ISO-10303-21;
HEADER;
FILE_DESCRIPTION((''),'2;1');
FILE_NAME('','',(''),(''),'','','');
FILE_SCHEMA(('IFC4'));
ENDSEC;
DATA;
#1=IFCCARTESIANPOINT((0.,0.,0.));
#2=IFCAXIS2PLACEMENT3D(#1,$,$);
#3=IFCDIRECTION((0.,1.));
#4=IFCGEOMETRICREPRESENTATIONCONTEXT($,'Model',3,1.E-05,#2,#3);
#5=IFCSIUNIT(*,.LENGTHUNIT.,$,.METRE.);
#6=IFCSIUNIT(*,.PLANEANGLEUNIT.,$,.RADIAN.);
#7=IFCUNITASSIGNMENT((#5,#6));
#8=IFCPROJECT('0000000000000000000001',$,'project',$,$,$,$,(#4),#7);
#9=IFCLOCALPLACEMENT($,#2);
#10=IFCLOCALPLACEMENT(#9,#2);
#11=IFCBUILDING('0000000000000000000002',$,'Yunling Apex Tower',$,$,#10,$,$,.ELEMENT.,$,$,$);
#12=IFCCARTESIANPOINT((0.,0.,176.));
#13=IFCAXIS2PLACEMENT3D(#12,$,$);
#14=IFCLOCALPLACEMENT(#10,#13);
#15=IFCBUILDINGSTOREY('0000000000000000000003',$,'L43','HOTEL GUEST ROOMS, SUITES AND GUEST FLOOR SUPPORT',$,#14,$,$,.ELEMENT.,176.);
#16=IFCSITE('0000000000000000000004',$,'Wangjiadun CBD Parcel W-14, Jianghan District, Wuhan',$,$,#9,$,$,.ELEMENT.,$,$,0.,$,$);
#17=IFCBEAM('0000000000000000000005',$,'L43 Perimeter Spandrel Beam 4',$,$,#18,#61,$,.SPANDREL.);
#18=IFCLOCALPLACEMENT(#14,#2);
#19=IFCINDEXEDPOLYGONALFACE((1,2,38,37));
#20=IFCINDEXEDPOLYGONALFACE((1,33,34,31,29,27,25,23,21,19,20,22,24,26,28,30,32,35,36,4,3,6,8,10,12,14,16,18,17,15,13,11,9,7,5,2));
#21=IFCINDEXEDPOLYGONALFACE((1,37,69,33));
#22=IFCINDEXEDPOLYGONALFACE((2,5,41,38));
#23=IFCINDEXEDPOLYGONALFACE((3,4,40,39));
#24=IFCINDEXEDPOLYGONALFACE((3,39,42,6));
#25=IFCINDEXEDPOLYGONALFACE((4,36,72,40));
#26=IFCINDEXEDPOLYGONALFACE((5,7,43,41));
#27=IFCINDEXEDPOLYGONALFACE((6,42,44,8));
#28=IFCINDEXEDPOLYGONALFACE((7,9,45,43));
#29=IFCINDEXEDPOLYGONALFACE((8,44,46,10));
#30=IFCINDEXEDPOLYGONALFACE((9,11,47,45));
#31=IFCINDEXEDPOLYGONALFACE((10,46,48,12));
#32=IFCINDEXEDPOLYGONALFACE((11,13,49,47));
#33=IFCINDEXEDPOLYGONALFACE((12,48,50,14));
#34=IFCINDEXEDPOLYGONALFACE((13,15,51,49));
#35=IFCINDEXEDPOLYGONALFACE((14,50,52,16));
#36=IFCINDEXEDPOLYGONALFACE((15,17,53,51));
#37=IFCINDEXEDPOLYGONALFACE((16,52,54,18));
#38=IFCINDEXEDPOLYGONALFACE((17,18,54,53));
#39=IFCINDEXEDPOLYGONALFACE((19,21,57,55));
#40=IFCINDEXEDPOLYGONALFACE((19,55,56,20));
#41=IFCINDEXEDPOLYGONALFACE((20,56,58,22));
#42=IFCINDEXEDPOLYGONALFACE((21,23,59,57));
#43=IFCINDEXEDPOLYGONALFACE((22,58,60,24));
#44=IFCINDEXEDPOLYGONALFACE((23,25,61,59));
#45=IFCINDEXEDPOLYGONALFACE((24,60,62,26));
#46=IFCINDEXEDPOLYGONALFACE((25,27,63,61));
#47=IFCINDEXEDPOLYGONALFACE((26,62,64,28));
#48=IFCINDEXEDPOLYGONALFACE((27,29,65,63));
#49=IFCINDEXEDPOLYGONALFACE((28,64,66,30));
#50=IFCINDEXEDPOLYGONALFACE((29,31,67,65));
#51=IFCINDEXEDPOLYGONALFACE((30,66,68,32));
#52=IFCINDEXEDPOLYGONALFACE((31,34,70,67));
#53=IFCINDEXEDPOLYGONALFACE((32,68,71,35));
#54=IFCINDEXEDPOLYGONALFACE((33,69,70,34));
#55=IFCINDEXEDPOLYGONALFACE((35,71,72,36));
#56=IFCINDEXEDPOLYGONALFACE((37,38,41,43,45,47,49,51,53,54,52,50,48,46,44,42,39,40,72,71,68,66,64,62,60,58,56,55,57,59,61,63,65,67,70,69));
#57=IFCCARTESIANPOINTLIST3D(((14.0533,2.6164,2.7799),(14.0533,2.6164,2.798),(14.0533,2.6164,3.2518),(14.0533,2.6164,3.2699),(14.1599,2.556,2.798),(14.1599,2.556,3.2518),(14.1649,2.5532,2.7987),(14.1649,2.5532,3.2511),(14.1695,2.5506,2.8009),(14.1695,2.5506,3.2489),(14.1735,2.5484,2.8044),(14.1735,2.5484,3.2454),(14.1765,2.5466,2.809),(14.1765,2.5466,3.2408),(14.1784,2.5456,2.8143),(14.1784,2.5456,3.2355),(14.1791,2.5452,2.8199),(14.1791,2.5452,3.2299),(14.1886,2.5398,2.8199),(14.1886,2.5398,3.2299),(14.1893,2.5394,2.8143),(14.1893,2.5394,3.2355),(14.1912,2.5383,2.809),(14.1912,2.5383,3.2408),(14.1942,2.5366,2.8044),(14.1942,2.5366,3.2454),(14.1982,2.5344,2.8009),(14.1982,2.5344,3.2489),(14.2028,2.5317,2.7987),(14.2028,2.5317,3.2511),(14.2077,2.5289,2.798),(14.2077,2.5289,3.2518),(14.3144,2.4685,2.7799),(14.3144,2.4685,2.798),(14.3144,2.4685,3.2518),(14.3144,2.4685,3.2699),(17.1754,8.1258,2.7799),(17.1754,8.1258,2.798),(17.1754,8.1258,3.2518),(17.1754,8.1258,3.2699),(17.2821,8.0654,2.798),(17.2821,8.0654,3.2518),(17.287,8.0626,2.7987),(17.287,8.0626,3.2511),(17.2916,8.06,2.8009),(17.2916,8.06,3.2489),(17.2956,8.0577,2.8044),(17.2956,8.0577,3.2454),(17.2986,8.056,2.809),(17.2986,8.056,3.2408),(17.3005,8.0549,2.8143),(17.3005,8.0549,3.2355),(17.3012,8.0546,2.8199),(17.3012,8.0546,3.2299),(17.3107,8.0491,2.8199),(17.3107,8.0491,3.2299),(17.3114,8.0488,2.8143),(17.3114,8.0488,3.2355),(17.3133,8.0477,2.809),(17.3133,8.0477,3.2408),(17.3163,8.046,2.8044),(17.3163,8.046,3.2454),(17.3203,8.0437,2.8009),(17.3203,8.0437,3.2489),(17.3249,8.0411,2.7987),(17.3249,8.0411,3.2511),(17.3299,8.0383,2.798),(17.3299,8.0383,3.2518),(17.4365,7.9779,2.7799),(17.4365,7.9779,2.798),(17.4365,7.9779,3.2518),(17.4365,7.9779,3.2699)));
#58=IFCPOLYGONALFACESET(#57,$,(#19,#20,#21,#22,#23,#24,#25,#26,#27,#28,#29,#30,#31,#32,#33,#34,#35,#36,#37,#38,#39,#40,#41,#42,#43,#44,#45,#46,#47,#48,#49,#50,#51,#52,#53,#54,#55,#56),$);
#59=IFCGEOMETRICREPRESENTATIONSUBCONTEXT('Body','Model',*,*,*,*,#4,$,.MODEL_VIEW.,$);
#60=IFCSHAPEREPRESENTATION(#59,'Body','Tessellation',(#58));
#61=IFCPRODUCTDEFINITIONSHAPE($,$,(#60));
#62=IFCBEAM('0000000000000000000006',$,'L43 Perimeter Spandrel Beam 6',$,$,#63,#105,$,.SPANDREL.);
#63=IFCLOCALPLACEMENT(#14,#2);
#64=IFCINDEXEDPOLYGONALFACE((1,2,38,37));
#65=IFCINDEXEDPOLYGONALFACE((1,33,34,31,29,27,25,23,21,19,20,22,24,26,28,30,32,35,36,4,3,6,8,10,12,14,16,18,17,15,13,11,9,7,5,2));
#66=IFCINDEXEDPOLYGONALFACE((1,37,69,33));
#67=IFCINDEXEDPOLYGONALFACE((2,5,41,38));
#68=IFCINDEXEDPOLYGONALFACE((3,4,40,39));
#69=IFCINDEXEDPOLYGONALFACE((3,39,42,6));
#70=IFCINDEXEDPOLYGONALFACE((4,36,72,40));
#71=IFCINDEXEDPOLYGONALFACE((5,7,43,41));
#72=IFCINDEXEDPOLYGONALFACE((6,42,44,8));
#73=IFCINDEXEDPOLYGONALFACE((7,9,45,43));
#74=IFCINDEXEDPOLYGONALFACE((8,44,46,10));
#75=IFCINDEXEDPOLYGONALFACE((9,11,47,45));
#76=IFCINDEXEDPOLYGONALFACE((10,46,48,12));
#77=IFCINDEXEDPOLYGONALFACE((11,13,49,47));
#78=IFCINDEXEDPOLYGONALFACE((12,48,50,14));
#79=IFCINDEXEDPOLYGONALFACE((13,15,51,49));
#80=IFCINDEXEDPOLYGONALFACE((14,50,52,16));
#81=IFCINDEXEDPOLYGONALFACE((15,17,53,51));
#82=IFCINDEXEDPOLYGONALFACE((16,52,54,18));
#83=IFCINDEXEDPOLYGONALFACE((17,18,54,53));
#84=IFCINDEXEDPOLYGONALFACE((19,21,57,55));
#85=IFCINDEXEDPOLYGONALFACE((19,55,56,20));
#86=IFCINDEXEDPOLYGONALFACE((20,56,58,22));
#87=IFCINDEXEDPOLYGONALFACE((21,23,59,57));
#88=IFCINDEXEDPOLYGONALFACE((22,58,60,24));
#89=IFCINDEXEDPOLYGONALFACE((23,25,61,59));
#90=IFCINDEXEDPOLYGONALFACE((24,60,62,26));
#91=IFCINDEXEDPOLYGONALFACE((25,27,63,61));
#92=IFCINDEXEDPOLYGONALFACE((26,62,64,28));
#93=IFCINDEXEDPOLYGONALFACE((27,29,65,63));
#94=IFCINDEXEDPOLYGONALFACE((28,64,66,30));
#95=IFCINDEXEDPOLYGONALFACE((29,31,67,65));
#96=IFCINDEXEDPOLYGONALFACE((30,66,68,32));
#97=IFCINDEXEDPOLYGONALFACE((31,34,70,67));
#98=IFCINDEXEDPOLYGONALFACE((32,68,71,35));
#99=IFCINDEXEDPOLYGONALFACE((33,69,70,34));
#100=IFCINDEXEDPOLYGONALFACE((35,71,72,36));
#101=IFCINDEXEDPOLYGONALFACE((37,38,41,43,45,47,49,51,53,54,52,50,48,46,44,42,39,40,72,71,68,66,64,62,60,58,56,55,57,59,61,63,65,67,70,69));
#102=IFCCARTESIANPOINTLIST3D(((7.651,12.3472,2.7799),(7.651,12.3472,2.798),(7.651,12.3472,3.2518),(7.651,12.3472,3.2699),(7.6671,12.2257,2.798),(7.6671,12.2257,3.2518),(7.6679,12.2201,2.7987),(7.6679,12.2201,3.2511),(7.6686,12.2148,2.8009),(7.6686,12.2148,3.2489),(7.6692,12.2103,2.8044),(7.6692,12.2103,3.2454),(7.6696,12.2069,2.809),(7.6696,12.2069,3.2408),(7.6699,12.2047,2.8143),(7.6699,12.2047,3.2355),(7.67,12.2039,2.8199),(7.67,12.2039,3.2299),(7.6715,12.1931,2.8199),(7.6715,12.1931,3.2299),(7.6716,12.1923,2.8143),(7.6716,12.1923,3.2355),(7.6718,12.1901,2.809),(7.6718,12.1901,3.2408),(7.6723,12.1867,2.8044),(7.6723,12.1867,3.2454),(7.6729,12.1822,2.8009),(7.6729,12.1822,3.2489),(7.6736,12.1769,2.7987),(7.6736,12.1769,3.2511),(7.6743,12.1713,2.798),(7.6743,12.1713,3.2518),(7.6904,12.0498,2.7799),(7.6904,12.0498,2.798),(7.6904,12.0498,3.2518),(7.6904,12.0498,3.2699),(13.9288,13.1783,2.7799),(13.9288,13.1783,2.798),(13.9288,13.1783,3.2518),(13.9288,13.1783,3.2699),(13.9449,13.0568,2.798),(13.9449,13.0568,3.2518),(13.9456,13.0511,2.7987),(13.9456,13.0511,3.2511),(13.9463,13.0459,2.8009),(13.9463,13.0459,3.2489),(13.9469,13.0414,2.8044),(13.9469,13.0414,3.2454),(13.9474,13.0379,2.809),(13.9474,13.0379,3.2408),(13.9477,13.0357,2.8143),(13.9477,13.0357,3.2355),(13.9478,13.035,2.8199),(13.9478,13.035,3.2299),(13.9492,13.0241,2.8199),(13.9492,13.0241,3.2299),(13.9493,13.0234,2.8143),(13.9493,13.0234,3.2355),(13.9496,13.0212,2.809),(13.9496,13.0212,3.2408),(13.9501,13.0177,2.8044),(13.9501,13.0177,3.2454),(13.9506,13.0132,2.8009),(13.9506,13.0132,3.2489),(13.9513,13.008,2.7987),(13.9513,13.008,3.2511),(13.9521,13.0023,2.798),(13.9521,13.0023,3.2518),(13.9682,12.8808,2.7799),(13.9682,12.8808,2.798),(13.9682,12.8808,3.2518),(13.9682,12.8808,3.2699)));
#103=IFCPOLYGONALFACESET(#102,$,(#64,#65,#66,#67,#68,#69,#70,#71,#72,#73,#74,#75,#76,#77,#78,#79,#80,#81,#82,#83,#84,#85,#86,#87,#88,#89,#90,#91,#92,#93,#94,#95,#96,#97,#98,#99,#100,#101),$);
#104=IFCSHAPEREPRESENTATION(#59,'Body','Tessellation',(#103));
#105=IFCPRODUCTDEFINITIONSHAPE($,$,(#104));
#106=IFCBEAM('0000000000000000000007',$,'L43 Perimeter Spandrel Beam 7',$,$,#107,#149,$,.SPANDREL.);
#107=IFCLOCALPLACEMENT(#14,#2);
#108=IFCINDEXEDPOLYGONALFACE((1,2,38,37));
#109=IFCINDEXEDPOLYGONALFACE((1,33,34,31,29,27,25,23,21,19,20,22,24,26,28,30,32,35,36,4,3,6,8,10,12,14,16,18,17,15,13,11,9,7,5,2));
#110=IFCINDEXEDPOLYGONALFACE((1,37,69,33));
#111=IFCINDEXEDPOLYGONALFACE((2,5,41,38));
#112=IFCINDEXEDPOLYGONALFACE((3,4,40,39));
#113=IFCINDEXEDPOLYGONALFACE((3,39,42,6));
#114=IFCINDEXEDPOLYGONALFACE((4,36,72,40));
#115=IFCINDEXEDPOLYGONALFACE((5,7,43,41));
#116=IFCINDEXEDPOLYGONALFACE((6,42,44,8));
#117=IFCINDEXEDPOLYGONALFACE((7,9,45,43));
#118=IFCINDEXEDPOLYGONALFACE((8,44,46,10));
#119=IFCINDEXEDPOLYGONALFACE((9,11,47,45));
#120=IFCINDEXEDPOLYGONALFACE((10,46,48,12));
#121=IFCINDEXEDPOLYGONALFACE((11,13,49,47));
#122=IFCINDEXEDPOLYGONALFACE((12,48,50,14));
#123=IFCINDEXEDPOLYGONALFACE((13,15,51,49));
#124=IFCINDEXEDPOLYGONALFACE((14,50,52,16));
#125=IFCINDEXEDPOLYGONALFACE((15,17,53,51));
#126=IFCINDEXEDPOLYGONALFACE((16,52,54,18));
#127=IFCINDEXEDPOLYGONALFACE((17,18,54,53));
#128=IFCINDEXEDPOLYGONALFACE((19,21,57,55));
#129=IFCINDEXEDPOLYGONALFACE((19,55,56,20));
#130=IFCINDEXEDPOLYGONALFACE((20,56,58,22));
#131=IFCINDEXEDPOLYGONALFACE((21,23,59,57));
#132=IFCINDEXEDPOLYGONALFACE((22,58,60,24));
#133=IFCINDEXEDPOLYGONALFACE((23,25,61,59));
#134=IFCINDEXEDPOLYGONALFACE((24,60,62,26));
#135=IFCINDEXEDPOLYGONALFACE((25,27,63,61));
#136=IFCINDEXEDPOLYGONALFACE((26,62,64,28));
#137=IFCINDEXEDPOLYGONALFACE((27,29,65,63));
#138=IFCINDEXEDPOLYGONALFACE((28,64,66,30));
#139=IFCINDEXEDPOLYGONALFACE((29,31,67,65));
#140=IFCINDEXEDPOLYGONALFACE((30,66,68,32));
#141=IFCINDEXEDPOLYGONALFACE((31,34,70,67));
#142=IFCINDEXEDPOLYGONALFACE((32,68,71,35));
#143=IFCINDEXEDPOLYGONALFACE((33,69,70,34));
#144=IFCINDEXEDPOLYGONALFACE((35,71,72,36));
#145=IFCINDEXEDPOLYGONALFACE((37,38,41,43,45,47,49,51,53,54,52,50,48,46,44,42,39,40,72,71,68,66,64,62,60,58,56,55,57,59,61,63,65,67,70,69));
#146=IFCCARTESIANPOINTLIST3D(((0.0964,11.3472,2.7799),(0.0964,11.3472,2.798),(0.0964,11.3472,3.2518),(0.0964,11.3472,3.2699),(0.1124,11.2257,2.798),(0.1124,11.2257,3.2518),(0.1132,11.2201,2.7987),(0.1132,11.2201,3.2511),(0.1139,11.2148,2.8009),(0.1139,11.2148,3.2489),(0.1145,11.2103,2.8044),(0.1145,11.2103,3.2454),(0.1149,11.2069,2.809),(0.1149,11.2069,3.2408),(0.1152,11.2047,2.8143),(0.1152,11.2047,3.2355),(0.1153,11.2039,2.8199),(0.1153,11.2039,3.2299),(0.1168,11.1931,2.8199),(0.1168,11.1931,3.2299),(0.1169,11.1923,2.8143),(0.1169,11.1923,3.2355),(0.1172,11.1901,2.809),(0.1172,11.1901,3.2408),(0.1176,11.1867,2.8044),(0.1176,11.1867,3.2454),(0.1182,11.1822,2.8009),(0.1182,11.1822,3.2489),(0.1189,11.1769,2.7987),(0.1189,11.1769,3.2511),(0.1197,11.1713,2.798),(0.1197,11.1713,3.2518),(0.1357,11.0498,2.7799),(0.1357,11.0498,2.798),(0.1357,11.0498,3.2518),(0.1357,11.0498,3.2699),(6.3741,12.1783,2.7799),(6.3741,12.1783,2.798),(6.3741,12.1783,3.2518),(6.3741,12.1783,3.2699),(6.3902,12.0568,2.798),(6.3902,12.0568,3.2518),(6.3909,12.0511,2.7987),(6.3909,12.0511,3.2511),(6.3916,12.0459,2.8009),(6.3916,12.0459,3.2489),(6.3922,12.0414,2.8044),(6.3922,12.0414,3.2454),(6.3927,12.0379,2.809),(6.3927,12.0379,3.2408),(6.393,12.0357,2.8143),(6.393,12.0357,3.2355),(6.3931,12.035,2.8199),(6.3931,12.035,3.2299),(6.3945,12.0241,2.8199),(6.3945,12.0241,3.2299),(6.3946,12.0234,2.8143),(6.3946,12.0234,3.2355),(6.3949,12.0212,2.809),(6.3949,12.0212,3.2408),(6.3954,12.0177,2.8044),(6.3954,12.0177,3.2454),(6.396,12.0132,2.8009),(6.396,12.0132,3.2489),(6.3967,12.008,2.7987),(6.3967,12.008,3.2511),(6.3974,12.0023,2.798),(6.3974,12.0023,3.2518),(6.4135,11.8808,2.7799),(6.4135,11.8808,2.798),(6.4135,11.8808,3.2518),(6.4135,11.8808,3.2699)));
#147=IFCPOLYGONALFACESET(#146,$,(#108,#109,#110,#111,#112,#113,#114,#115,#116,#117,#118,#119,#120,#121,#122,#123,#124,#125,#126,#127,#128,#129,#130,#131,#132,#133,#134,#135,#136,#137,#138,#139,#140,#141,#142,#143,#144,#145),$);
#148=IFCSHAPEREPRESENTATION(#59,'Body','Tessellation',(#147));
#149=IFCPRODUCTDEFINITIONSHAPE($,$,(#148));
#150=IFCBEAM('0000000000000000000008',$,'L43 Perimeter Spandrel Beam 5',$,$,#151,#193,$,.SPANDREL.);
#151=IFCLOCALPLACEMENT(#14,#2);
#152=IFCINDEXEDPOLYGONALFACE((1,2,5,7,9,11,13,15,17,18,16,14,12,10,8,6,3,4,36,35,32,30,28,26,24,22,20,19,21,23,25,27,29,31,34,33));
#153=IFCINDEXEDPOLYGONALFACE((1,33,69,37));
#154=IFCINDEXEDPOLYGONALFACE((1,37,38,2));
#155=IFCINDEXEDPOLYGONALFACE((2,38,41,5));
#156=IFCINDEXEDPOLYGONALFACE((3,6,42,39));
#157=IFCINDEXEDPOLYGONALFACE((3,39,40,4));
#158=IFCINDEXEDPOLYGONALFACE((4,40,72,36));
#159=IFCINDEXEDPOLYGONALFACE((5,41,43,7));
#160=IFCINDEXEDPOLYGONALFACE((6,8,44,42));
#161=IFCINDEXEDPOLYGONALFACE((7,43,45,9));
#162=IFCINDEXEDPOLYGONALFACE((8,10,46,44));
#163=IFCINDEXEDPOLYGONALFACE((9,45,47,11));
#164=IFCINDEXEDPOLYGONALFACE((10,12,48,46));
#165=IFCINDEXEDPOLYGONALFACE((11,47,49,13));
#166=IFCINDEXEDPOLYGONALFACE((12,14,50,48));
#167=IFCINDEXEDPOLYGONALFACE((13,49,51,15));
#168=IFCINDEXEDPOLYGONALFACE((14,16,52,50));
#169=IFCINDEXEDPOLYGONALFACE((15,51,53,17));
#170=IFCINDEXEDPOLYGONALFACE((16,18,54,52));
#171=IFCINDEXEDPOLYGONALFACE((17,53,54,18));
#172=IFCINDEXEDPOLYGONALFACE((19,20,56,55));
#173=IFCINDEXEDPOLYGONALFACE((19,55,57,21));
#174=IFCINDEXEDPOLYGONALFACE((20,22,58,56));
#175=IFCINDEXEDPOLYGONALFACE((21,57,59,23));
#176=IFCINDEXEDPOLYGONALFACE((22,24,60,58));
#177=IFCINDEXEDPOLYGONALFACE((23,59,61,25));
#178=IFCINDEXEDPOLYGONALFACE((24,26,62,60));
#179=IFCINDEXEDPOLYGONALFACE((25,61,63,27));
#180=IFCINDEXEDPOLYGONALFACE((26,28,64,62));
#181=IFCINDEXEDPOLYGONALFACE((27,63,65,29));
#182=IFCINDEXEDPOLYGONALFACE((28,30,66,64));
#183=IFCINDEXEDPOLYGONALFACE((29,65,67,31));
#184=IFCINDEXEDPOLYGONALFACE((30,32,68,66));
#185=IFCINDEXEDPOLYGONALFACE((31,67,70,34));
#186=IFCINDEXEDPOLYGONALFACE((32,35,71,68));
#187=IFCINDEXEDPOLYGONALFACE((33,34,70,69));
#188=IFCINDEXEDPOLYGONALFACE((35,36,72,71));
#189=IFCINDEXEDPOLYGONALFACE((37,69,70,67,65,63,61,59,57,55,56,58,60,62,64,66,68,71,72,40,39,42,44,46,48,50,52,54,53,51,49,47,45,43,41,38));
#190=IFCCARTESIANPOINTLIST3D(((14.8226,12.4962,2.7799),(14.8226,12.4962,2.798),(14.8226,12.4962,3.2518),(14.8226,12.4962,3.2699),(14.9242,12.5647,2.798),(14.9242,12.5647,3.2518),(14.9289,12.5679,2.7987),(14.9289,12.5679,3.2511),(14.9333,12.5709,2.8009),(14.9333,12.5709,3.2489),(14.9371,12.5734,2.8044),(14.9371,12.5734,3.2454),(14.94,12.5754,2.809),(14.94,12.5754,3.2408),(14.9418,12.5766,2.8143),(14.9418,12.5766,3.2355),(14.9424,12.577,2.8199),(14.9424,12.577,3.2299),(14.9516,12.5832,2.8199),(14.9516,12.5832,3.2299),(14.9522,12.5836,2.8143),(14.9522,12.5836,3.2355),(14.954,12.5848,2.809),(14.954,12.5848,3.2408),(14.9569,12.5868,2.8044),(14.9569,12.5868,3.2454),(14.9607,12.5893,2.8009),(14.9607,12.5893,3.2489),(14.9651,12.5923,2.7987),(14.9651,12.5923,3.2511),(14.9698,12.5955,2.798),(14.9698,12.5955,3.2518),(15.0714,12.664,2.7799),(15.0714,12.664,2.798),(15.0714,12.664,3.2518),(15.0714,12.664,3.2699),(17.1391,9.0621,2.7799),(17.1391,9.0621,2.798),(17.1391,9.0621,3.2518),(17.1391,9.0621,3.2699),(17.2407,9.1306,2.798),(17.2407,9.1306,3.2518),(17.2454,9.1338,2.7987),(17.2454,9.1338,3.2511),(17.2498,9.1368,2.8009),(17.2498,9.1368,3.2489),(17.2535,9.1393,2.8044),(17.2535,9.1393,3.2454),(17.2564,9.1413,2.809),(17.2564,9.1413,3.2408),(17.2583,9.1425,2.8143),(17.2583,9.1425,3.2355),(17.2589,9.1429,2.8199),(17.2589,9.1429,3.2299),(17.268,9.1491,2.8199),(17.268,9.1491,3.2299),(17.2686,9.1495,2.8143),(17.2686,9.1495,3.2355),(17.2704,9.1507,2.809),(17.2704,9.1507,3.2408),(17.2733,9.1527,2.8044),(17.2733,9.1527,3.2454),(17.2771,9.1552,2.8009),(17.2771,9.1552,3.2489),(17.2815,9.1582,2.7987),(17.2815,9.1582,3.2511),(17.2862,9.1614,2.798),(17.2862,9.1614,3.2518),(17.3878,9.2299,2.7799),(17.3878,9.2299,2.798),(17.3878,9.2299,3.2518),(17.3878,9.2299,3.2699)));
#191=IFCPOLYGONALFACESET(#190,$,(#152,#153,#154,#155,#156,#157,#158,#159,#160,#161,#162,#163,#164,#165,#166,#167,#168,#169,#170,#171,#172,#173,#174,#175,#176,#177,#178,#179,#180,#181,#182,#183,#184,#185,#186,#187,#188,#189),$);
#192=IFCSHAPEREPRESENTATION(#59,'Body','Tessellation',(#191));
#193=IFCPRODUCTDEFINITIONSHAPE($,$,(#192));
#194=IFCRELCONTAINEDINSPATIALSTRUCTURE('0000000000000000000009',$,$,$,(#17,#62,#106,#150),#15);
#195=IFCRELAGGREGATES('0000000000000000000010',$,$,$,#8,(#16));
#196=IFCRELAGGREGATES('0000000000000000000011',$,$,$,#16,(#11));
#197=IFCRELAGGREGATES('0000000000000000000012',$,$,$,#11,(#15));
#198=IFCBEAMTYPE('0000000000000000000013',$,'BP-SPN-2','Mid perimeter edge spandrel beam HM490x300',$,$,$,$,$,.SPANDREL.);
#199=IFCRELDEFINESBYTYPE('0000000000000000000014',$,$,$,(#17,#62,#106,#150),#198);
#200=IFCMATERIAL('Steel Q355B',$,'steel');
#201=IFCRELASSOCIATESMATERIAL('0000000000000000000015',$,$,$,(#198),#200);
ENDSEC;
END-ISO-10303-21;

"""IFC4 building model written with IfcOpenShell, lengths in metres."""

from ifc_helpers import new_model, si_unit, direction, frame, origin, origin_2d, place, context, subcontext, project, spatial, i_section, extrude, source, transform, mapped, material, material_profile, profile_set, type_object, element, save


model = new_model("IFC4")

# Units and contexts
model_context = context("Model", 3, precision=1e-05, world=origin(), true_north=direction((0.0, 1.0)))
body_context = subcontext(model_context, "Body", "Model", "MODEL_VIEW")
ifc_project = project(units=[si_unit("LENGTHUNIT", "METRE"), si_unit("PLANEANGLEUNIT", "RADIAN")], contexts=[model_context])

# Site, building, storey
site_placement = place(None, origin())
site = spatial("IfcSite", under=ifc_project, at=site_placement, Name="Wangjiadun CBD Parcel W-14, Jianghan District, Wuhan", CompositionType="ELEMENT", RefElevation=0.0)
building_placement = place(site_placement, origin())
building = spatial("IfcBuilding", under=site, at=building_placement, Name="Yunling Apex Tower", CompositionType="ELEMENT")
storey_placement = place(building_placement, frame((0.0, 0.0, 176.0)))
storey = spatial("IfcBuildingStorey", under=building, at=storey_placement, Name="L43", Description="HOTEL GUEST ROOMS, SUITES AND GUEST FLOOR SUPPORT", CompositionType="ELEMENT", Elevation=176.0)

# Beams
ifc_material_1 = material(Name="Steel Q355B", Category="steel")
ifc_material_profile_1 = material_profile(ifc_material_1, i_section(OverallWidth=0.3, OverallDepth=0.49, WebThickness=0.011, FlangeThickness=0.0181, FilletRadius=0.022, at=origin_2d()))
ifc_profile_set_1 = profile_set([ifc_material_profile_1], Name="Steel Q355B")
beam_type_1 = type_object("IfcBeamType", Name="BP-SPN-2", Description="Mid perimeter edge spandrel beam HM490x300", PredefinedType="SPANDREL", material=ifc_profile_set_1)
shared_shape_1 = source(origin(), body_context, "Body", "SweptSolid", [
    extrude(i_section(OverallWidth=0.3, OverallDepth=0.49, WebThickness=0.011, FlangeThickness=0.0181, FilletRadius=0.022, at=origin_2d()), origin(), (0.0, 0.0, 1.0), 6.3325),
])
for number, where, z_axis, x_axis, name in (
    (1, (14.1838, 2.5425, 3.0249), (0.49303, 0.870012, 0.0), (-0.870012, 0.49303, 0.0), "L43 Perimeter Spandrel Beam 4"),
    (2, (13.9485, 13.0295, 3.0249), (-0.991351, -0.131234, 0.0), (0.131234, -0.991351, 0.0), "L43 Perimeter Spandrel Beam 6"),
    (3, (6.3938, 12.0295, 3.0249), (-0.991351, -0.131234, 0.0), (0.131234, -0.991351, 0.0), "L43 Perimeter Spandrel Beam 7"),
):
    element("IfcBeam", number, at=place(storey_placement, frame(where, z_axis=z_axis, x_axis=x_axis)), inside=storey, type_object=beam_type_1, Name=name, PredefinedType="SPANDREL", context=body_context, shape_type="MappedRepresentation", body=[
        mapped(shared_shape_1, transform((0.0, 0.0, 0.0), scale=1.0)),
    ])
shared_shape_2 = source(origin(), body_context, "Body", "SweptSolid", [
    extrude(i_section(OverallWidth=0.3, OverallDepth=0.49, WebThickness=0.011, FlangeThickness=0.0181, FilletRadius=0.022, at=origin_2d()), origin(), (0.0, 0.0, 1.0), 4.1423),
])
beam_1_placement = place(storey_placement, frame((17.2634, 9.146, 3.0249), z_axis=(-0.559208, 0.829028, 0.0), x_axis=(-0.829028, -0.559208, 0.0)))
element("IfcBeam", 4, at=beam_1_placement, inside=storey, type_object=beam_type_1, Name="L43 Perimeter Spandrel Beam 5", PredefinedType="SPANDREL", context=body_context, shape_type="MappedRepresentation", body=[
    mapped(shared_shape_2, transform((0.0, 0.0, 0.0), scale=1.0)),
])

save(model, "model.ifc")
